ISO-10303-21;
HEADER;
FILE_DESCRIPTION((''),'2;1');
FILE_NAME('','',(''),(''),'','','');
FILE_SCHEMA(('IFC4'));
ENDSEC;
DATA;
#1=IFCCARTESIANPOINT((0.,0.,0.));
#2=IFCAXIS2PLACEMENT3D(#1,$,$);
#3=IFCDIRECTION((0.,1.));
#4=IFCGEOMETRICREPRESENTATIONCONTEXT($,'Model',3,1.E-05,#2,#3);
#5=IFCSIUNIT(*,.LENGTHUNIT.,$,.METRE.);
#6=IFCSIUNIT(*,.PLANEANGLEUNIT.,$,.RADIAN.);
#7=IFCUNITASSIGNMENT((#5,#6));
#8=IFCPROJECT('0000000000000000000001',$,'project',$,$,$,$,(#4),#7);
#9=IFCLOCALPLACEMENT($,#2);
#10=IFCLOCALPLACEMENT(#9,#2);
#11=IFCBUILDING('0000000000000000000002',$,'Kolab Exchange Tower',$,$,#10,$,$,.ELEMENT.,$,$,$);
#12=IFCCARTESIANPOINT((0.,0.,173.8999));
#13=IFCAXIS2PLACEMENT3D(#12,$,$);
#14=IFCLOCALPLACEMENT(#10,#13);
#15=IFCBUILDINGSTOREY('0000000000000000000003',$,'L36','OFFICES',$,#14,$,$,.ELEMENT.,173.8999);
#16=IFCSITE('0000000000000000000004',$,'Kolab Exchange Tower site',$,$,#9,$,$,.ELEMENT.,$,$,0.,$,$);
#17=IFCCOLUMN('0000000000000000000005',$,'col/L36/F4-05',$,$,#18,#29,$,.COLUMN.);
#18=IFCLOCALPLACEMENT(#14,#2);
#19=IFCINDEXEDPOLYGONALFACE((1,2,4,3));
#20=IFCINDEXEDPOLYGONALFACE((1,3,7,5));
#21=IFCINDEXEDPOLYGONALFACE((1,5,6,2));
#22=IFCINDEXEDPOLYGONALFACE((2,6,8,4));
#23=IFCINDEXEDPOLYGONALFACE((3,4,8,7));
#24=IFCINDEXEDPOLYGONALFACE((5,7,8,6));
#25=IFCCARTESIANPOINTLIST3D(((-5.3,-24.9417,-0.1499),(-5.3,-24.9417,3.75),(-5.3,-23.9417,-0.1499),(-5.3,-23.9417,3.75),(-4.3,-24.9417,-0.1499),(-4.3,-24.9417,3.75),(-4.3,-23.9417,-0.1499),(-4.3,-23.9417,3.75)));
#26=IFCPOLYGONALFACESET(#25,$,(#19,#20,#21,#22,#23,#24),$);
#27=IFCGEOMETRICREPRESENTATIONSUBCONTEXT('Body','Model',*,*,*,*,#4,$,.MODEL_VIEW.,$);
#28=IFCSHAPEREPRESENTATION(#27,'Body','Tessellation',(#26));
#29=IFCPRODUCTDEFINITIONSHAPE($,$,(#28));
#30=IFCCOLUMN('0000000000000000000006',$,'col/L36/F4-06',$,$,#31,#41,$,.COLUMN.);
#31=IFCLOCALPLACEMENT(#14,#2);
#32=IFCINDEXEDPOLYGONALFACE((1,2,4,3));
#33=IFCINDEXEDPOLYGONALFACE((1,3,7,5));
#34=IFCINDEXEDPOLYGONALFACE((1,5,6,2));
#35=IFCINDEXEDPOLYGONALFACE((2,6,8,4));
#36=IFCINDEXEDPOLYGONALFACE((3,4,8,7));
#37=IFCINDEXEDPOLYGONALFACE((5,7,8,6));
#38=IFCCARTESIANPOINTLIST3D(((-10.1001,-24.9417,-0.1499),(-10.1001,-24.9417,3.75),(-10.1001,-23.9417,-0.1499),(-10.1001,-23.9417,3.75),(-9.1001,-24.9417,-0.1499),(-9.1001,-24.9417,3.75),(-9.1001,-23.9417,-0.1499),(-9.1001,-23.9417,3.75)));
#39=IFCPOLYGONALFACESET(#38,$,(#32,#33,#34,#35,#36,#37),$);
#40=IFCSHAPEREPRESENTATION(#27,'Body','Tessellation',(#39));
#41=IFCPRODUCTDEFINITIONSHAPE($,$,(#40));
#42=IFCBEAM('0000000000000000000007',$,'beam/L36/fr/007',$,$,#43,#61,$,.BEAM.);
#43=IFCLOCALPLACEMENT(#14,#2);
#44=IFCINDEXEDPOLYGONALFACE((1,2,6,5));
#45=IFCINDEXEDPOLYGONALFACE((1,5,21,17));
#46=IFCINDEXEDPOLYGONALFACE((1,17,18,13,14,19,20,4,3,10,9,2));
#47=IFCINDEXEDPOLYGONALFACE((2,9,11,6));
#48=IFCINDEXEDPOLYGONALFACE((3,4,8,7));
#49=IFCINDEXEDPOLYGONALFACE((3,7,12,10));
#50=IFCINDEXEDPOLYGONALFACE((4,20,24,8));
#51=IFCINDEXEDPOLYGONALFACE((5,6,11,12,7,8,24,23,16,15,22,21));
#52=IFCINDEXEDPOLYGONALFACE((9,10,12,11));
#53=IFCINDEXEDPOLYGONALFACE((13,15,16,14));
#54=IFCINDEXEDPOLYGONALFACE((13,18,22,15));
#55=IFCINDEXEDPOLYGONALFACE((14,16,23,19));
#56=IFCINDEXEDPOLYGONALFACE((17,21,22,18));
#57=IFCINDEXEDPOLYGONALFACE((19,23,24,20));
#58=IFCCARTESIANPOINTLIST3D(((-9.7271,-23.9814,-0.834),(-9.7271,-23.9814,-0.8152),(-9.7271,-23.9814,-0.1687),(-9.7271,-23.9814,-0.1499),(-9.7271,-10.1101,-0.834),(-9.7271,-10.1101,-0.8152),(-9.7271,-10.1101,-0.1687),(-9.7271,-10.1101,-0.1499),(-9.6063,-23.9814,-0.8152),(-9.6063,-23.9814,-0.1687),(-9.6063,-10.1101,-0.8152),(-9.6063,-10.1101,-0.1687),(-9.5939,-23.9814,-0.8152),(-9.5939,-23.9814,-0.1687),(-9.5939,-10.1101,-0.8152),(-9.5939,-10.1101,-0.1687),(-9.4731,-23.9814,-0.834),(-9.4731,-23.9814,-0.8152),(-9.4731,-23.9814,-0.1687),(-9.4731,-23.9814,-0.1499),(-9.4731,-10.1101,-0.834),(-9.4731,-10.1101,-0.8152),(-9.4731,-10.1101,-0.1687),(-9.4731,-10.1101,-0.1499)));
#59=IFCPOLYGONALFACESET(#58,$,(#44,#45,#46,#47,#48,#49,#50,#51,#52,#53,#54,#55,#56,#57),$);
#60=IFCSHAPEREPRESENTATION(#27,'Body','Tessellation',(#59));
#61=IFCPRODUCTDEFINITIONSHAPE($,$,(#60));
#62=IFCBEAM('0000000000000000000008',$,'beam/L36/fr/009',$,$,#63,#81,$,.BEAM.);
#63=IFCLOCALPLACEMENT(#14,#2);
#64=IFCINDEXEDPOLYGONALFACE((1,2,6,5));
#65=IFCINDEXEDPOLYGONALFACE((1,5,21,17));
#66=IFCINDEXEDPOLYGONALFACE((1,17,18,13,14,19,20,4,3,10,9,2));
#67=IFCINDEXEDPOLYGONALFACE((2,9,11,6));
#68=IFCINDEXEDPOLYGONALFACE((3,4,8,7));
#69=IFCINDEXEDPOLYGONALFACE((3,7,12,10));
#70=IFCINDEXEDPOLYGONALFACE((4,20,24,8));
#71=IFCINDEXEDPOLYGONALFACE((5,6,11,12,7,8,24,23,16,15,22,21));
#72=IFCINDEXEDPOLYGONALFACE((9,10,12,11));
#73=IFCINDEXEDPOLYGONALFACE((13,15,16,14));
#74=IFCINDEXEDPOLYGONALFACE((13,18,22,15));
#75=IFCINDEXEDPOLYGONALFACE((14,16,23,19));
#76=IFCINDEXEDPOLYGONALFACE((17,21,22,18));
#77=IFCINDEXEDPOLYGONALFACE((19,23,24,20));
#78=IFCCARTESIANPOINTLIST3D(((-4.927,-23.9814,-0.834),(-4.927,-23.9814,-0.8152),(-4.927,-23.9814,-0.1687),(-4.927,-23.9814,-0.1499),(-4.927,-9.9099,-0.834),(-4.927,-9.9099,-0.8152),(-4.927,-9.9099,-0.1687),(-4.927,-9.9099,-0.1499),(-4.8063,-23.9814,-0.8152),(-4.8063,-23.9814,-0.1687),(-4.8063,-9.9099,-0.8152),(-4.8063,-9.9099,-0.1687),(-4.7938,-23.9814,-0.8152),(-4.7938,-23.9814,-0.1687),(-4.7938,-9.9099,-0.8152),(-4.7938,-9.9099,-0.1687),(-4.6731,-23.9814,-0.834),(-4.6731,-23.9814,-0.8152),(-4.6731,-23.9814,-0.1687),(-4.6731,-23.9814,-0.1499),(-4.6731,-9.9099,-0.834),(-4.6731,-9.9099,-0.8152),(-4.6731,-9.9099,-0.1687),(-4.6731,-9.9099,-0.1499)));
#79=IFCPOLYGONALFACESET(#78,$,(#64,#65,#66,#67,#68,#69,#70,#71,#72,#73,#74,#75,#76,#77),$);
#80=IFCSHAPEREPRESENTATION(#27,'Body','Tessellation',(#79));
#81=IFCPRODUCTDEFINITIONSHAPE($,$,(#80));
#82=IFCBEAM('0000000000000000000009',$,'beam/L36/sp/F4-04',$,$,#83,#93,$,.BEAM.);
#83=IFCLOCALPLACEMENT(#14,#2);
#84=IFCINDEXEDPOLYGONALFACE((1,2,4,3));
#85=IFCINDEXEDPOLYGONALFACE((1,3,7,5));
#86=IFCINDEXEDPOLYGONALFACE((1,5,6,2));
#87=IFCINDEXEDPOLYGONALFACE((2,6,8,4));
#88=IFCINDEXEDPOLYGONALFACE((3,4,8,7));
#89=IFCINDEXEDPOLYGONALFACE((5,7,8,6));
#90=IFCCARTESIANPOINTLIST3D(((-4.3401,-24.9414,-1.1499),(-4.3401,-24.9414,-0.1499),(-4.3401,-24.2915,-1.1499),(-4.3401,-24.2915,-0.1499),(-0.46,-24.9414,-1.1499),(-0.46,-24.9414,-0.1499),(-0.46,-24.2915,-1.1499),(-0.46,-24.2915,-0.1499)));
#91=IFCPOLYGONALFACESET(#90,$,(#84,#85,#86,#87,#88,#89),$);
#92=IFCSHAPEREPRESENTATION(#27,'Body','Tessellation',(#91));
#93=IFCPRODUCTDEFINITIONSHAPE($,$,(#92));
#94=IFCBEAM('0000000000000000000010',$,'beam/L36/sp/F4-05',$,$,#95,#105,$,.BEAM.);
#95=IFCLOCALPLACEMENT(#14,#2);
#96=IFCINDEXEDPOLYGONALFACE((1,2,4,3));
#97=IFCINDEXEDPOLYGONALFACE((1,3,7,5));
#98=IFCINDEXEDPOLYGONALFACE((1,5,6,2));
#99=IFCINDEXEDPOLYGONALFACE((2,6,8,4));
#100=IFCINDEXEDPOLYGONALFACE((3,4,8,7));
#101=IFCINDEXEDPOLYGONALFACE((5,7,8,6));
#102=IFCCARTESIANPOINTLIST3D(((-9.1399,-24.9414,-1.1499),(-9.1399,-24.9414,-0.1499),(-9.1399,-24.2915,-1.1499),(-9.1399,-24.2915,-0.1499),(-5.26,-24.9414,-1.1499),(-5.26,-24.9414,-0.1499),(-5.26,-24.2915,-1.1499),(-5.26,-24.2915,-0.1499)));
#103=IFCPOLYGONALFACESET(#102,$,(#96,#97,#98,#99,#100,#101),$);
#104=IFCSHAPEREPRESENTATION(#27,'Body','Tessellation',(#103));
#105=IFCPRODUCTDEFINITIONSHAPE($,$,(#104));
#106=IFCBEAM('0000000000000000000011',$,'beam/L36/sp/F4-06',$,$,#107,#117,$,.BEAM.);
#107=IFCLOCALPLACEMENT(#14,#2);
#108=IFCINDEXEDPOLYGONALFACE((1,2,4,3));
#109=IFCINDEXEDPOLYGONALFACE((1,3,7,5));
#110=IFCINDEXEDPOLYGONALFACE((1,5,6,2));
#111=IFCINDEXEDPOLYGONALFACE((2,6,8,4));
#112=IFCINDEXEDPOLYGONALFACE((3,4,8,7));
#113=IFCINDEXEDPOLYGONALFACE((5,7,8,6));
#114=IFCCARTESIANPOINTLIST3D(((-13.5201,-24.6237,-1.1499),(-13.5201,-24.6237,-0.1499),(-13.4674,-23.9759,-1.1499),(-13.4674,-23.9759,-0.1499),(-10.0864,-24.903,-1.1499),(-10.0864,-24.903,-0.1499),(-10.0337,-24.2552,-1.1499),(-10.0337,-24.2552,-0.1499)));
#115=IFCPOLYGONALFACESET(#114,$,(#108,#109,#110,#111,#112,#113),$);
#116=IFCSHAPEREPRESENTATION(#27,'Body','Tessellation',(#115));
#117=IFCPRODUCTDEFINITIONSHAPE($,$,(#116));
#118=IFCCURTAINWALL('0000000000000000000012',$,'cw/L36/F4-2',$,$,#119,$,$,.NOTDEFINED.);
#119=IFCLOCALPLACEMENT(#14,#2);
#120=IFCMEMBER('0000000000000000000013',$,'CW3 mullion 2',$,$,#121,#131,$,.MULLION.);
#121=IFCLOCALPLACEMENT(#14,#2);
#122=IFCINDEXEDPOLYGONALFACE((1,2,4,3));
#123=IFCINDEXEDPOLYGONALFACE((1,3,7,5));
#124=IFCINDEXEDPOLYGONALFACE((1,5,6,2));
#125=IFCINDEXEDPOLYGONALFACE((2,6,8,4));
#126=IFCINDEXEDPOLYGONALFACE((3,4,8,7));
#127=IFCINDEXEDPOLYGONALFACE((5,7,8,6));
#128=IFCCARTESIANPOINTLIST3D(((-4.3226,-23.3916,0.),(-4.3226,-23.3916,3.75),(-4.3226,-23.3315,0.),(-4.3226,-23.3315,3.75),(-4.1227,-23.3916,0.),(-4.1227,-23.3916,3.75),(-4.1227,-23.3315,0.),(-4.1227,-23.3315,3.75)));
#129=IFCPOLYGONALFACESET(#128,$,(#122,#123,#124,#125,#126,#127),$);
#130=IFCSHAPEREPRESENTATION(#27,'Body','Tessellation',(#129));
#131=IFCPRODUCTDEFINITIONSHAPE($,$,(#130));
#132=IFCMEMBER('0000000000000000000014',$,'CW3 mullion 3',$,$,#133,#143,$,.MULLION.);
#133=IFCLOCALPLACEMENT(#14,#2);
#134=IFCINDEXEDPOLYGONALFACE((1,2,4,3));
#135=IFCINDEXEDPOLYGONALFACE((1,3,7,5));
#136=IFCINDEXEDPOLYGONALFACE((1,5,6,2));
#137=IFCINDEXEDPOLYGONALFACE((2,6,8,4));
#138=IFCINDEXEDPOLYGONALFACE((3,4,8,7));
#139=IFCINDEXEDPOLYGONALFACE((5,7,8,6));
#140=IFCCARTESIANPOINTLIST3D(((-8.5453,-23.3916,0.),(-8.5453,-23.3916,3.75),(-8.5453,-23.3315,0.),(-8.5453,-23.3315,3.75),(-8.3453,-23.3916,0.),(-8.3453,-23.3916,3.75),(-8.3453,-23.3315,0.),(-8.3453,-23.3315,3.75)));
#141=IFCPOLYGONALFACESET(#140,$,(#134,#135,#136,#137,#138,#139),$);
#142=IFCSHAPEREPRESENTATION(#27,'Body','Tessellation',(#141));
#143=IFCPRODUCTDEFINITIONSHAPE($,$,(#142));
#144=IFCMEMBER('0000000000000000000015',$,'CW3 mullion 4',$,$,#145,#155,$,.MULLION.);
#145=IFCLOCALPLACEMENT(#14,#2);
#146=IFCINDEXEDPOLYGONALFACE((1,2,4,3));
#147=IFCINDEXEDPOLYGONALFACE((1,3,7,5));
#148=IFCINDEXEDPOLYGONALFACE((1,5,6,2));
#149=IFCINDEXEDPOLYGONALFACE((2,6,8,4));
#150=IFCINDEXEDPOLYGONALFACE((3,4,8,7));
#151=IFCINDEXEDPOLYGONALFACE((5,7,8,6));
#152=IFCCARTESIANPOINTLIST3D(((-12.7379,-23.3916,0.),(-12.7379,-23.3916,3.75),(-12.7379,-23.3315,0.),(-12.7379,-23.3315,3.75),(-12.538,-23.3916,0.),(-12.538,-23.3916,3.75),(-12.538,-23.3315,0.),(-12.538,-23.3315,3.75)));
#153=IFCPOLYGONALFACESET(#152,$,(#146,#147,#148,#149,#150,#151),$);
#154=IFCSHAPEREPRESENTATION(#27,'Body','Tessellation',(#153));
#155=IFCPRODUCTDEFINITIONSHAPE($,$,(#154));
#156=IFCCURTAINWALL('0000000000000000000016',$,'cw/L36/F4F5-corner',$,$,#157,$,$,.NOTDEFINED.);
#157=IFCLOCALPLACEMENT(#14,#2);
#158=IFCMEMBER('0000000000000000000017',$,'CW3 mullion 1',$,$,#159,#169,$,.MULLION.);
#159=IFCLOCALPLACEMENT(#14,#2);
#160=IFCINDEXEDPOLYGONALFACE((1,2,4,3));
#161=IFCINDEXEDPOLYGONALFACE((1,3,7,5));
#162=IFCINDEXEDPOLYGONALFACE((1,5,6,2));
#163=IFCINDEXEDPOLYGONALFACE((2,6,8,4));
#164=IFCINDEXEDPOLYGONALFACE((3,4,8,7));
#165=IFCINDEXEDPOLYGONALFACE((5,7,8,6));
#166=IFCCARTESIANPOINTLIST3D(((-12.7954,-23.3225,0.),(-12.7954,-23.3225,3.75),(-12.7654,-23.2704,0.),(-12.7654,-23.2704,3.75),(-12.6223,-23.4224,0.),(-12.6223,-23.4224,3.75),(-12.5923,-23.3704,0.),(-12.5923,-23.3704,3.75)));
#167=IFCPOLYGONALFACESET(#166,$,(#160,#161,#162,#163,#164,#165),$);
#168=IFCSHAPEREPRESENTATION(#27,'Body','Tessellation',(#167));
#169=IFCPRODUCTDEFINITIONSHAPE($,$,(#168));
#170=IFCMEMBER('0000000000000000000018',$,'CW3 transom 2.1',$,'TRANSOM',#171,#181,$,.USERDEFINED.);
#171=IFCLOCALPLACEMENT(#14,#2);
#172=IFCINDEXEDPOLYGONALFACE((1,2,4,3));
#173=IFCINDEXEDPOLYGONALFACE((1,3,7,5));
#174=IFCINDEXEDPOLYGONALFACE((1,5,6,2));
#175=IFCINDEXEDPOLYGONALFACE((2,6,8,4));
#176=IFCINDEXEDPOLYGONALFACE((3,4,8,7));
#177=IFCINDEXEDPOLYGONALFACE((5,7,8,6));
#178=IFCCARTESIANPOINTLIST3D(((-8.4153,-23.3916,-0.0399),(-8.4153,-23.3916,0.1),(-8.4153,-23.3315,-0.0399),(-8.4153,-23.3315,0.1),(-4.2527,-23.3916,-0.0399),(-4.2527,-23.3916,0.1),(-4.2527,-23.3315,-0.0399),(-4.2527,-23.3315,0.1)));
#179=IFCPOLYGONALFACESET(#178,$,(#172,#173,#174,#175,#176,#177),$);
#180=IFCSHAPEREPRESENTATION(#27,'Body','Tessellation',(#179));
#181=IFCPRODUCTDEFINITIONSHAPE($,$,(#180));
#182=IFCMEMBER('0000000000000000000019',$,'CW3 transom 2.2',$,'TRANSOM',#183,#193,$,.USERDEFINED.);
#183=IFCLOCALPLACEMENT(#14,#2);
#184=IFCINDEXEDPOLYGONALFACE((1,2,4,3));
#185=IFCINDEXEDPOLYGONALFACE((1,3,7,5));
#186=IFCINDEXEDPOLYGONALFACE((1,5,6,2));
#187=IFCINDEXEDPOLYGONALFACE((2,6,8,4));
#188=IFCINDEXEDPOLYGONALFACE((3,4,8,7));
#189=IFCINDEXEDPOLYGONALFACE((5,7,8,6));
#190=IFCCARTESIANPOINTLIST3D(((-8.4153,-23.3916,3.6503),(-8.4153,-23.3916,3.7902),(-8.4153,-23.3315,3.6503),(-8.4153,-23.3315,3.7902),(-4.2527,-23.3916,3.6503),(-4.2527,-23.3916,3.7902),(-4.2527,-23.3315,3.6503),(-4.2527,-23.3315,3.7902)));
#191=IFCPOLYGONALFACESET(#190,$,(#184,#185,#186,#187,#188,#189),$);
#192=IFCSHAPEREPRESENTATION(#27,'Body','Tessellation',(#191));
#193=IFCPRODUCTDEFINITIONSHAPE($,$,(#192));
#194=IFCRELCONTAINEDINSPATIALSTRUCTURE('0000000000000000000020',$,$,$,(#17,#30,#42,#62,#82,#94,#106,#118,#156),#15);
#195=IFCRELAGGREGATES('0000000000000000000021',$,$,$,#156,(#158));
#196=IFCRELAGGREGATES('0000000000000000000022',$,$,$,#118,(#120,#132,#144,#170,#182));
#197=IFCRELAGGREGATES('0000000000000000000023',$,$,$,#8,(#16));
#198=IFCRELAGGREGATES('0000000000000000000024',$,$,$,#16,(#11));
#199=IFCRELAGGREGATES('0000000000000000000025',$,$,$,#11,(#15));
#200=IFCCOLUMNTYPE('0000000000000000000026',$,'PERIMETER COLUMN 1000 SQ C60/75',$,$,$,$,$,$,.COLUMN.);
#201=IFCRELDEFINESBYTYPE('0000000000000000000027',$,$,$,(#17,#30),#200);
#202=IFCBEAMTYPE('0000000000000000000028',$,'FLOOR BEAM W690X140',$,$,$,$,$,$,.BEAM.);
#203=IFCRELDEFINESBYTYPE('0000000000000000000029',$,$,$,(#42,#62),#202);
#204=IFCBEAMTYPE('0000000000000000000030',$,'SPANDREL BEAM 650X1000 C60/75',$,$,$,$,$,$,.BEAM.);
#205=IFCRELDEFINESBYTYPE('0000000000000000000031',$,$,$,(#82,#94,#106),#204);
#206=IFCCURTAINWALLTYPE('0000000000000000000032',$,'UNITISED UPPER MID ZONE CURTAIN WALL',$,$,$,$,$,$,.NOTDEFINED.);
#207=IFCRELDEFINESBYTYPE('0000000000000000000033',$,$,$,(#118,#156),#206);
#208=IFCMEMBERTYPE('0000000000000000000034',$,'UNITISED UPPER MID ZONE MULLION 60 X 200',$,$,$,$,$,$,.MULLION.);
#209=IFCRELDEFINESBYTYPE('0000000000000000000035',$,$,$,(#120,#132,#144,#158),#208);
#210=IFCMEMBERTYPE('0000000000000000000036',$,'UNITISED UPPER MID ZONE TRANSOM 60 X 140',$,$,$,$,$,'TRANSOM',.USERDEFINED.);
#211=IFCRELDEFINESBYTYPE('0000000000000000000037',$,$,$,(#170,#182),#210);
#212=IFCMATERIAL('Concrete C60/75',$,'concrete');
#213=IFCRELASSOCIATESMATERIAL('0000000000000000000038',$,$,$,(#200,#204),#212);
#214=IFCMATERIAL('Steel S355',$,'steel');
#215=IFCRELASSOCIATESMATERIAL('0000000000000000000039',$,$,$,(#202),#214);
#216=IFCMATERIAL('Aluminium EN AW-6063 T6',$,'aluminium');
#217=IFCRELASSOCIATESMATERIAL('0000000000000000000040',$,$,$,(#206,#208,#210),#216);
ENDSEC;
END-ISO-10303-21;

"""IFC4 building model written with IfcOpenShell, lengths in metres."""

from ifc_helpers import new_model, si_unit, direction, frame, origin, origin_2d, place, context, subcontext, project, spatial, rectangle, i_section, extrude, material, material_profile, profile_set, type_object, element, aggregate, save


model = new_model("IFC4")

# Units and contexts
model_context = context("Model", 3, precision=1e-05, world=origin(), true_north=direction((0.0, 1.0)))
body_context = subcontext(model_context, "Body", "Model", "MODEL_VIEW")
ifc_project = project(units=[si_unit("LENGTHUNIT", "METRE"), si_unit("PLANEANGLEUNIT", "RADIAN")], contexts=[model_context])

# Site, building, storey
site_placement = place(None, origin())
site = spatial("IfcSite", under=ifc_project, at=site_placement, Name="Kolab Exchange Tower site", CompositionType="ELEMENT", RefElevation=0.0)
building_placement = place(site_placement, origin())
building = spatial("IfcBuilding", under=site, at=building_placement, Name="Kolab Exchange Tower", CompositionType="ELEMENT")
storey_placement = place(building_placement, frame((0.0, 0.0, 173.8999)))
storey = spatial("IfcBuildingStorey", under=building, at=storey_placement, Name="L36", Description="OFFICES", CompositionType="ELEMENT", Elevation=173.8999)

# Columns
ifc_material_1 = material(Name="Concrete C60/75", Category="concrete")
ifc_material_profile_1 = material_profile(ifc_material_1, rectangle(XDim=1.0, YDim=1.0, at=origin_2d()), Name="RC1000")
ifc_profile_set_1 = profile_set([ifc_material_profile_1], Name="Concrete C60/75")
column_type = type_object("IfcColumnType", Name="PERIMETER COLUMN 1000 SQ C60/75", PredefinedType="COLUMN", material=ifc_profile_set_1)
for number, where, z_axis, x_axis, name in (
    (1, (-4.8, -24.4417, -0.1499), (0.0, 0.0, 1.0), (1.0, 0.0, 0.0), "col/L36/F4-05"),
    (2, (-9.6001, -24.4417, -0.1499), (0.0, 0.0, 1.0), (1.0, 0.0, 0.0), "col/L36/F4-06"),
):
    element("IfcColumn", number, at=place(storey_placement, frame(where, z_axis=z_axis, x_axis=x_axis)), inside=storey, type_object=column_type, Name=name, PredefinedType="COLUMN", context=body_context, shape_type="SweptSolid", body=[
        extrude(rectangle(XDim=1.0, YDim=1.0, at=origin_2d()), origin(), (0.0, 0.0, 1.0), 3.8999),
    ])

# Beams
ifc_material_2 = material(Name="Steel S355", Category="steel")
ifc_material_profile_2 = material_profile(ifc_material_2, i_section(OverallWidth=0.2539, OverallDepth=0.6841, WebThickness=0.0125, FlangeThickness=0.0188, at=origin_2d()), Name="W690X140")
ifc_profile_set_2 = profile_set([ifc_material_profile_2], Name="Steel S355")
beam_type_1 = type_object("IfcBeamType", Name="FLOOR BEAM W690X140", PredefinedType="BEAM", material=ifc_profile_set_2)
beam_1_placement = place(storey_placement, frame((-9.6001, -23.9814, -0.4919), z_axis=(0.0, 1.0, 0.0), x_axis=(-1.0, 0.0, 0.0)))
element("IfcBeam", 3, at=beam_1_placement, inside=storey, type_object=beam_type_1, Name="beam/L36/fr/007", PredefinedType="BEAM", context=body_context, shape_type="SweptSolid", body=[
    extrude(i_section(OverallWidth=0.2539, OverallDepth=0.6841, WebThickness=0.0125, FlangeThickness=0.0188, at=origin_2d()), origin(), (0.0, 0.0, 1.0), 13.8713),
])
beam_2_placement = place(storey_placement, frame((-4.8, -23.9814, -0.4919), z_axis=(0.0, 1.0, 0.0), x_axis=(-1.0, 0.0, 0.0)))
element("IfcBeam", 4, at=beam_2_placement, inside=storey, type_object=beam_type_1, Name="beam/L36/fr/009", PredefinedType="BEAM", context=body_context, shape_type="SweptSolid", body=[
    extrude(i_section(OverallWidth=0.2539, OverallDepth=0.6841, WebThickness=0.0125, FlangeThickness=0.0188, at=origin_2d()), origin(), (0.0, 0.0, 1.0), 14.0715),
])
ifc_material_profile_3 = material_profile(ifc_material_1, rectangle(XDim=0.6499, YDim=1.0, at=origin_2d()), Name="RC650X1000")
ifc_profile_set_3 = profile_set([ifc_material_profile_3], Name="Concrete C60/75")
beam_type_2 = type_object("IfcBeamType", Name="SPANDREL BEAM 650X1000 C60/75", PredefinedType="BEAM", material=ifc_profile_set_3)
beam_3_placement = place(storey_placement, frame((-0.46, -24.6165, -0.6499), z_axis=(-1.0, 0.0, 0.0), x_axis=(0.0, -1.0, 0.0)))
element("IfcBeam", 5, at=beam_3_placement, inside=storey, type_object=beam_type_2, Name="beam/L36/sp/F4-04", PredefinedType="BEAM", context=body_context, shape_type="SweptSolid", body=[
    extrude(rectangle(XDim=0.6499, YDim=1.0, at=origin_2d()), origin(), (0.0, 0.0, 1.0), 3.8801),
])
beam_4_placement = place(storey_placement, frame((-5.26, -24.6165, -0.6499), z_axis=(-1.0, 0.0, 0.0), x_axis=(0.0, -1.0, 0.0)))
element("IfcBeam", 6, at=beam_4_placement, inside=storey, type_object=beam_type_2, Name="beam/L36/sp/F4-05", PredefinedType="BEAM", context=body_context, shape_type="SweptSolid", body=[
    extrude(rectangle(XDim=0.6499, YDim=1.0, at=origin_2d()), origin(), (0.0, 0.0, 1.0), 3.8799),
])
beam_5_placement = place(storey_placement, frame((-10.0601, -24.5791, -0.6499), z_axis=(-0.996708, 0.081069, 0.0), x_axis=(-0.081069, -0.996708, 0.0)))
element("IfcBeam", 7, at=beam_5_placement, inside=storey, type_object=beam_type_2, Name="beam/L36/sp/F4-06", PredefinedType="BEAM", context=body_context, shape_type="SweptSolid", body=[
    extrude(rectangle(XDim=0.6499, YDim=1.0, at=origin_2d()), origin(), (0.0, 0.0, 1.0), 3.4451),
])

# Curtain wall, members
ifc_material_3 = material(Name="Aluminium EN AW-6063 T6", Category="aluminium")
curtain_wall_type = type_object("IfcCurtainWallType", Name="UNITISED UPPER MID ZONE CURTAIN WALL", PredefinedType="NOTDEFINED", material=ifc_material_3)
curtain_wall_1_placement = place(storey_placement, origin())
curtain_wall_1 = element("IfcCurtainWall", 8, at=curtain_wall_1_placement, inside=storey, type_object=curtain_wall_type, Name="cw/L36/F4-2", PredefinedType="NOTDEFINED")
ifc_material_profile_4 = material_profile(ifc_material_3, rectangle(XDim=0.0601, YDim=0.2, at=origin_2d()), Name="RECT 60X200")
ifc_profile_set_4 = profile_set([ifc_material_profile_4], Name="Aluminium EN AW-6063 T6")
member_type_1 = type_object("IfcMemberType", Name="UNITISED UPPER MID ZONE MULLION 60 X 200", PredefinedType="MULLION", material=ifc_profile_set_4)
member_1_placement = place(storey_placement, frame((-4.2227, -23.3616, 0.0), z_axis=(0.0, 0.0, 1.0), x_axis=(0.0, -1.0, 0.0)))
member_1 = element("IfcMember", 9, at=member_1_placement, type_object=member_type_1, Name="CW3 mullion 2", PredefinedType="MULLION", context=body_context, shape_type="SweptSolid", body=[
    extrude(rectangle(XDim=0.0601, YDim=0.2, at=origin_2d()), origin(), (0.0, 0.0, 1.0), 3.75),
])
member_2_placement = place(storey_placement, frame((-8.4453, -23.3616, 0.0), z_axis=(0.0, 0.0, 1.0), x_axis=(0.0, -1.0, 0.0)))
member_2 = element("IfcMember", 10, at=member_2_placement, type_object=member_type_1, Name="CW3 mullion 3", PredefinedType="MULLION", context=body_context, shape_type="SweptSolid", body=[
    extrude(rectangle(XDim=0.0601, YDim=0.2, at=origin_2d()), origin(), (0.0, 0.0, 1.0), 3.75),
])
member_3_placement = place(storey_placement, frame((-12.6379, -23.3616, 0.0), z_axis=(0.0, 0.0, 1.0), x_axis=(0.0, -1.0, 0.0)))
member_3 = element("IfcMember", 11, at=member_3_placement, type_object=member_type_1, Name="CW3 mullion 4", PredefinedType="MULLION", context=body_context, shape_type="SweptSolid", body=[
    extrude(rectangle(XDim=0.0601, YDim=0.2, at=origin_2d()), origin(), (0.0, 0.0, 1.0), 3.75),
])

# Curtain wall, member
curtain_wall_2_placement = place(storey_placement, origin())
curtain_wall_2 = element("IfcCurtainWall", 12, at=curtain_wall_2_placement, inside=storey, type_object=curtain_wall_type, Name="cw/L36/F4F5-corner", PredefinedType="NOTDEFINED")
member_4_placement = place(storey_placement, frame((-12.6938, -23.3464, 0.0), z_axis=(0.0, 0.0, 1.0), x_axis=(-0.5, -0.866025, 0.0)))
member_4 = element("IfcMember", 13, at=member_4_placement, type_object=member_type_1, Name="CW3 mullion 1", PredefinedType="MULLION", context=body_context, shape_type="SweptSolid", body=[
    extrude(rectangle(XDim=0.0601, YDim=0.2, at=origin_2d()), origin(), (0.0, 0.0, 1.0), 3.75),
])

# Members
ifc_material_profile_5 = material_profile(ifc_material_3, rectangle(XDim=0.0601, YDim=0.1399, at=origin_2d()), Name="RECT 60X140")
ifc_profile_set_5 = profile_set([ifc_material_profile_5], Name="Aluminium EN AW-6063 T6")
member_type_2 = type_object("IfcMemberType", Name="UNITISED UPPER MID ZONE TRANSOM 60 X 140", ElementType="TRANSOM", PredefinedType="USERDEFINED", material=ifc_profile_set_5)
member_5_placement = place(storey_placement, frame((-4.2527, -23.3616, 0.03), z_axis=(-1.0, 0.0, 0.0), x_axis=(0.0, -1.0, 0.0)))
member_5 = element("IfcMember", 14, at=member_5_placement, type_object=member_type_2, Name="CW3 transom 2.1", ObjectType="TRANSOM", PredefinedType="USERDEFINED", context=body_context, shape_type="SweptSolid", body=[
    extrude(rectangle(XDim=0.0601, YDim=0.1399, at=origin_2d()), origin(), (0.0, 0.0, 1.0), 4.1626),
])
member_6_placement = place(storey_placement, frame((-4.2527, -23.3616, 3.7202), z_axis=(-1.0, 0.0, 0.0), x_axis=(0.0, -1.0, 0.0)))
member_6 = element("IfcMember", 15, at=member_6_placement, type_object=member_type_2, Name="CW3 transom 2.2", ObjectType="TRANSOM", PredefinedType="USERDEFINED", context=body_context, shape_type="SweptSolid", body=[
    extrude(rectangle(XDim=0.0601, YDim=0.1399, at=origin_2d()), origin(), (0.0, 0.0, 1.0), 4.1626),
])
aggregate(curtain_wall_2, [member_4])

aggregate(curtain_wall_1, [member_1, member_2, member_3, member_5, member_6])

save(model, "model.ifc")
